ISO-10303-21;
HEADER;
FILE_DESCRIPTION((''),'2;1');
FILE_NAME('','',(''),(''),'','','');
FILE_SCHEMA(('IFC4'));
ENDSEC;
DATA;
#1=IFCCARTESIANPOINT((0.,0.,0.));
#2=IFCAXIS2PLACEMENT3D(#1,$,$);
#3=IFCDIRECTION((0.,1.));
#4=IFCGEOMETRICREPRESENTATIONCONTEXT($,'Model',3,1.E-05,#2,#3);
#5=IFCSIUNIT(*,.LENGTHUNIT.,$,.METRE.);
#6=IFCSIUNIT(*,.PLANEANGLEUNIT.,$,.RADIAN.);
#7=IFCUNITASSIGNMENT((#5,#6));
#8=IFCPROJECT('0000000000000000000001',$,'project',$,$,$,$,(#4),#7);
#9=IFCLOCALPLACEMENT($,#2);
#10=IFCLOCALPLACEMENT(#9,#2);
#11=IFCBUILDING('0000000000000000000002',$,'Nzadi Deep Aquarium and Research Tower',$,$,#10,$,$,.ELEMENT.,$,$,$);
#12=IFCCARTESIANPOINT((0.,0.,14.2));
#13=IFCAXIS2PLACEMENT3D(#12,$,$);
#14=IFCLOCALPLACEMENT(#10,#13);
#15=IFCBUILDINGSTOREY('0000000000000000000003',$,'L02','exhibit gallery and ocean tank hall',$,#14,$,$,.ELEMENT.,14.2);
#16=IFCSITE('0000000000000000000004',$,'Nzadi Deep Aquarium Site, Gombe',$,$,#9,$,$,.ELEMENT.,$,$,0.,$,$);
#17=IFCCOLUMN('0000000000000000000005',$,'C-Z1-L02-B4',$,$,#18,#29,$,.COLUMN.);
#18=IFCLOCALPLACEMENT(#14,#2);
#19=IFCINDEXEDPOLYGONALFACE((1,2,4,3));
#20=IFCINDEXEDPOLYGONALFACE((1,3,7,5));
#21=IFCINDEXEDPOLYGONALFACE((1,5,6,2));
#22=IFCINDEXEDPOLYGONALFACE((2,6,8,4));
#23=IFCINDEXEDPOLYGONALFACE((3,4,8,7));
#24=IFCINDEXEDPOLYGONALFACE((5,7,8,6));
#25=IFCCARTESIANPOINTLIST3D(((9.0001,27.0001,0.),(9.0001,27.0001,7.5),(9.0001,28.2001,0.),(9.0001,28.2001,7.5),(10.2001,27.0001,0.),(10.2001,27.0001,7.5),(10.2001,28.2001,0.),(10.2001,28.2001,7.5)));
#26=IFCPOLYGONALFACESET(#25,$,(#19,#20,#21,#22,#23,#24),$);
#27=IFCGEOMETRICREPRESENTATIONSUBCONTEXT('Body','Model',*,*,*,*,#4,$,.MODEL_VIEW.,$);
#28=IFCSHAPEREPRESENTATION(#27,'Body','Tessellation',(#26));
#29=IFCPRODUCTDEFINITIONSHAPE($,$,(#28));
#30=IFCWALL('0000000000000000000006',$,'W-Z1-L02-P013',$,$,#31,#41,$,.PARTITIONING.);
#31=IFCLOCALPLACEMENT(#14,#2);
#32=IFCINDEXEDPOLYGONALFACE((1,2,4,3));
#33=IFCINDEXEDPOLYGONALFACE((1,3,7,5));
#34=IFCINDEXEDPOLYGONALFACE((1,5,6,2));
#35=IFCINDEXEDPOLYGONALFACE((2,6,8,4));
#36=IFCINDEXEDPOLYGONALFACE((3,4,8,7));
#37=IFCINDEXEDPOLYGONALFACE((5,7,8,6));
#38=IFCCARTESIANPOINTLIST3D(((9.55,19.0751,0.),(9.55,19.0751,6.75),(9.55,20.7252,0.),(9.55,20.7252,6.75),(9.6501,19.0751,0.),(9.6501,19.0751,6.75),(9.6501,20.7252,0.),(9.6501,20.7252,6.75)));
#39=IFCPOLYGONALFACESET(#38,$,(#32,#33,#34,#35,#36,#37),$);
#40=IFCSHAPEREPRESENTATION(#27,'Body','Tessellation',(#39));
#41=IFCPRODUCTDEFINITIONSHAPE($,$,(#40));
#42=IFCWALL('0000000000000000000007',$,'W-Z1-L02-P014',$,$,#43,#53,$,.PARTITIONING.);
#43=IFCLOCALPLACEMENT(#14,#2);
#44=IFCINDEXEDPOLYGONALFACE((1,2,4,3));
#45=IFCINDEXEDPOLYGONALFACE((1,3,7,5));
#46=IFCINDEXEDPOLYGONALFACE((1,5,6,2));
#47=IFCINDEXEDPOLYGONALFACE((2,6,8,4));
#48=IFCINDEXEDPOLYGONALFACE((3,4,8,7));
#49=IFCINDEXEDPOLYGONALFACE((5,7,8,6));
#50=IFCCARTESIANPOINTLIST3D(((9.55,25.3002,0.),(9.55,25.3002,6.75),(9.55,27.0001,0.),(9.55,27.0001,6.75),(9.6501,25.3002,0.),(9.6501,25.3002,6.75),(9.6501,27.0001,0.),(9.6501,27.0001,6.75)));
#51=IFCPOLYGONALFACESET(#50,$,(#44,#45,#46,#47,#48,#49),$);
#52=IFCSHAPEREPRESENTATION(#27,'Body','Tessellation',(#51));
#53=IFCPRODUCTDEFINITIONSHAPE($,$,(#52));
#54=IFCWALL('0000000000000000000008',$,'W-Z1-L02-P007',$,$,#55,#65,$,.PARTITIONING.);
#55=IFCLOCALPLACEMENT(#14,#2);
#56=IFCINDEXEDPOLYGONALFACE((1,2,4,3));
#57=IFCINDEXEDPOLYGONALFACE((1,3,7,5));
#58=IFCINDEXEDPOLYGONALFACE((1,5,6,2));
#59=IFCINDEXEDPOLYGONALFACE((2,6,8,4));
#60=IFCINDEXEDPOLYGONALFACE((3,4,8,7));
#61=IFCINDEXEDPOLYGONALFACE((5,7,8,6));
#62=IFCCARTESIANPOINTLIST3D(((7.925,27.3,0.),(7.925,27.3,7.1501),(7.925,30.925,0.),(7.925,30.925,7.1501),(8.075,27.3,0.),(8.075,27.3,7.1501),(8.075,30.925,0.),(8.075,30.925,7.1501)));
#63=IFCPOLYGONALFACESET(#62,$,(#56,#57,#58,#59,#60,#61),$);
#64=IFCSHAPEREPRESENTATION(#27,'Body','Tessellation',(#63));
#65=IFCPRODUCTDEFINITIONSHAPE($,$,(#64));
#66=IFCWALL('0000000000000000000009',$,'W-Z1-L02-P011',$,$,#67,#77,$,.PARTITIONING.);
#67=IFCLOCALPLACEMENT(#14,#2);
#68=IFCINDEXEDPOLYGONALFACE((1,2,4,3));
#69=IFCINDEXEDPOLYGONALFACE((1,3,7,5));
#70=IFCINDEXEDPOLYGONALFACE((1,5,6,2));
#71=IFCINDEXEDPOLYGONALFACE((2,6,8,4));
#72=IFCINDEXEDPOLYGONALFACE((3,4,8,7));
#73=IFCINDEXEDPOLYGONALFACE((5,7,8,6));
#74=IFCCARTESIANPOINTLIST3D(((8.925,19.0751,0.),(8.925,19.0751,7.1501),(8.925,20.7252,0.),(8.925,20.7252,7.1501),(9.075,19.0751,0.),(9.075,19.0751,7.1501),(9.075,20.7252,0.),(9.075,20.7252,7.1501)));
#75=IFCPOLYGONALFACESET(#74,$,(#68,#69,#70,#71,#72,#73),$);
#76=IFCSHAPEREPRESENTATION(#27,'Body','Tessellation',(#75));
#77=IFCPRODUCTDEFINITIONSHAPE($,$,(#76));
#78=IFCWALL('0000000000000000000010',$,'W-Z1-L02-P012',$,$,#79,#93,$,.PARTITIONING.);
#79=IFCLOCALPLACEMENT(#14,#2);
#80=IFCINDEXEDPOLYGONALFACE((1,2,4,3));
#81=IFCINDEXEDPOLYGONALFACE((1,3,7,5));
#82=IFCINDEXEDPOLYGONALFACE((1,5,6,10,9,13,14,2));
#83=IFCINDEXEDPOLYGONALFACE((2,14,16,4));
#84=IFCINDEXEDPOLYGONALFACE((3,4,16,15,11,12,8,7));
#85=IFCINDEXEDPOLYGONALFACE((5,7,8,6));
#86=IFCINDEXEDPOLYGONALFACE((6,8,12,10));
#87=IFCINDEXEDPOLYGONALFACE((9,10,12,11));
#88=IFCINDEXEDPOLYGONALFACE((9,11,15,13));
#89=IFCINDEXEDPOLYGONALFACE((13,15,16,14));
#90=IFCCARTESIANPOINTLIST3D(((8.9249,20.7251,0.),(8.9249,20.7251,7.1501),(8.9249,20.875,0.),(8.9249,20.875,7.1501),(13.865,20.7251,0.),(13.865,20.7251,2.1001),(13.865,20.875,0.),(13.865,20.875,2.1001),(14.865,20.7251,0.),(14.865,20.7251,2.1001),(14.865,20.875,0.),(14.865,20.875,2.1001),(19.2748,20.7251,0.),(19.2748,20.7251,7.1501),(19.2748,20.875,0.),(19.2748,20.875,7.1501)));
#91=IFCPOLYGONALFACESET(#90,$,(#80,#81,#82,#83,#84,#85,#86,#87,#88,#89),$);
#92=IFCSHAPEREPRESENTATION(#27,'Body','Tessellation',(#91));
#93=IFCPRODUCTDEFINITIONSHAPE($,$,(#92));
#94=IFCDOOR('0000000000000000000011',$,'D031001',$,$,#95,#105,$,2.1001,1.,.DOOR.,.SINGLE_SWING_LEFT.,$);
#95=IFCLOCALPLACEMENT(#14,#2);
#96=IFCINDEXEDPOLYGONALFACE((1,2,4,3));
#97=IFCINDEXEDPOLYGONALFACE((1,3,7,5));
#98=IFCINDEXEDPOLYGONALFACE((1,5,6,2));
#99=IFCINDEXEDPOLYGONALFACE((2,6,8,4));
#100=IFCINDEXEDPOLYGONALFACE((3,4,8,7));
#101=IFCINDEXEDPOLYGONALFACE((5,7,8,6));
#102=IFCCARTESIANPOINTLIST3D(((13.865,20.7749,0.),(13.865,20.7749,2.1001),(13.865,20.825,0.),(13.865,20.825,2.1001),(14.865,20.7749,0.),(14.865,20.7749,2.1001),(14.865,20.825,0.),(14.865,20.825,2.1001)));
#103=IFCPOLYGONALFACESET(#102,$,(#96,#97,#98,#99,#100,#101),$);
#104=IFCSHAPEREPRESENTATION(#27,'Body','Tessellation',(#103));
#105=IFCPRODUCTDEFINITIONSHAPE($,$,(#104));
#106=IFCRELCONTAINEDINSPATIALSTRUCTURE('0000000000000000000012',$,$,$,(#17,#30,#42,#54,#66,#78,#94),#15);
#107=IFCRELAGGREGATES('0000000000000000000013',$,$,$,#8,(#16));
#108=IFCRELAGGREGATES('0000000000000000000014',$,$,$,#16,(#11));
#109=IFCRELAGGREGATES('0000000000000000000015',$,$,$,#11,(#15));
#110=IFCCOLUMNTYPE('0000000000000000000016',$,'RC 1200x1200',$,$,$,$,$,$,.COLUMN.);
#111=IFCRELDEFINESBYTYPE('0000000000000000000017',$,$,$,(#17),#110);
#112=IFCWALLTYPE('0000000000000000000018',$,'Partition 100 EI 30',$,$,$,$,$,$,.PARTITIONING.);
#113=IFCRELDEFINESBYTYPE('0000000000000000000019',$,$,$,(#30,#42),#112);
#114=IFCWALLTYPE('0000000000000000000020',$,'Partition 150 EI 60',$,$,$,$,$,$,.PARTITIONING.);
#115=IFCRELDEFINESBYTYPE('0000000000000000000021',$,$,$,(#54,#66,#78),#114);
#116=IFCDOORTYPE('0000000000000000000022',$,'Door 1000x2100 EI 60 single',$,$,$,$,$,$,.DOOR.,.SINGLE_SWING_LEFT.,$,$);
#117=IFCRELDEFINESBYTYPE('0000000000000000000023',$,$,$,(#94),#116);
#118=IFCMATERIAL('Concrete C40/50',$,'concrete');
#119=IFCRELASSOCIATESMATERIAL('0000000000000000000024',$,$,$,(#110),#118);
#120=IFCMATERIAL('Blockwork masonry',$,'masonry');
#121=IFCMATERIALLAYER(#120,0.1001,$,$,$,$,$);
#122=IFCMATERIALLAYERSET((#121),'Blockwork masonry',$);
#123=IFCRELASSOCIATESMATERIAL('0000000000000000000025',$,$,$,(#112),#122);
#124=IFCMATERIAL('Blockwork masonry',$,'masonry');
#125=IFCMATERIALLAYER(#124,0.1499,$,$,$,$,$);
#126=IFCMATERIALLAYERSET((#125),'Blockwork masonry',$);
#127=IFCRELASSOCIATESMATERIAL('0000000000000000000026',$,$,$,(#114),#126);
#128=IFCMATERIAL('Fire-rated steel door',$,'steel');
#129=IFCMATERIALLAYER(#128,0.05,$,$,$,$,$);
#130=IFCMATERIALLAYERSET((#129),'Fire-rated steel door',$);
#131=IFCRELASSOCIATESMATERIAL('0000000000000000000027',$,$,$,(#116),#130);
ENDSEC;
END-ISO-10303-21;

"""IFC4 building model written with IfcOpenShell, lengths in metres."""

from ifc_helpers import new_model, si_unit, direction, frame, frame_2d, origin, origin_2d, place, context, subcontext, project, spatial, rectangle, extrude, material, layer, layer_set, material_profile, profile_set, type_object, element, fill, save


model = new_model("IFC4")

# Units and contexts
model_context = context("Model", 3, precision=1e-05, world=origin(), true_north=direction((0.0, 1.0)))
body_context = subcontext(model_context, "Body", "Model", "MODEL_VIEW")
ifc_project = project(units=[si_unit("LENGTHUNIT", "METRE"), si_unit("PLANEANGLEUNIT", "RADIAN")], contexts=[model_context])

# Site, building, storey
site_placement = place(None, origin())
site = spatial("IfcSite", under=ifc_project, at=site_placement, Name="Nzadi Deep Aquarium Site, Gombe", CompositionType="ELEMENT", RefElevation=0.0)
building_placement = place(site_placement, origin())
building = spatial("IfcBuilding", under=site, at=building_placement, Name="Nzadi Deep Aquarium and Research Tower", CompositionType="ELEMENT")
storey_placement = place(building_placement, frame((0.0, 0.0, 14.2)))
storey = spatial("IfcBuildingStorey", under=building, at=storey_placement, Name="L02", Description="exhibit gallery and ocean tank hall", CompositionType="ELEMENT", Elevation=14.2)

# Column
ifc_material_1 = material(Name="Concrete C40/50", Category="concrete")
ifc_material_profile = material_profile(ifc_material_1, rectangle(XDim=1.2, YDim=1.2, at=origin_2d()))
ifc_profile_set = profile_set([ifc_material_profile], Name="Concrete C40/50")
column_type = type_object("IfcColumnType", Name="RC 1200x1200", PredefinedType="COLUMN", material=ifc_profile_set)
column_placement = place(storey_placement, frame((9.6001, 27.6001, 0.0), z_axis=(0.0, 0.0, 1.0), x_axis=(1.0, 0.0, 0.0)))
element("IfcColumn", 1, at=column_placement, inside=storey, type_object=column_type, Name="C-Z1-L02-B4", PredefinedType="COLUMN", context=body_context, shape_type="SweptSolid", body=[
    extrude(rectangle(XDim=1.2, YDim=1.2, at=origin_2d()), origin(), (0.0, 0.0, 1.0), 7.5),
])

# Walls
ifc_material_2 = material(Name="Blockwork masonry", Category="masonry")
ifc_layer_1 = layer(ifc_material_2, 0.1001)
ifc_layer_set_1 = layer_set([ifc_layer_1], Name="Blockwork masonry")
wall_type_1 = type_object("IfcWallType", Name="Partition 100 EI 30", PredefinedType="PARTITIONING", material=ifc_layer_set_1)
wall_1_placement = place(storey_placement, frame((9.6001, 19.075, 0.0), z_axis=(0.0, 0.0, 1.0), x_axis=(0.0, 1.0, 0.0)))
element("IfcWall", 2, at=wall_1_placement, inside=storey, type_object=wall_type_1, Name="W-Z1-L02-P013", PredefinedType="PARTITIONING", context=body_context, shape_type="SweptSolid", body=[
    extrude(rectangle(XDim=1.6501, YDim=0.1001, at=frame_2d((0.8252, 0.0))), origin(), (0.0, 0.0, 1.0), 6.75),
])
wall_2_placement = place(storey_placement, frame((9.6001, 25.3, 0.0), z_axis=(0.0, 0.0, 1.0), x_axis=(0.0, 1.0, 0.0)))
element("IfcWall", 3, at=wall_2_placement, inside=storey, type_object=wall_type_1, Name="W-Z1-L02-P014", PredefinedType="PARTITIONING", context=body_context, shape_type="SweptSolid", body=[
    extrude(rectangle(XDim=1.7, YDim=0.1001, at=frame_2d((0.8501, 0.0))), origin(), (0.0, 0.0, 1.0), 6.75),
])
ifc_material_3 = material(Name="Blockwork masonry", Category="masonry")
ifc_layer_2 = layer(ifc_material_3, 0.1499)
ifc_layer_set_2 = layer_set([ifc_layer_2], Name="Blockwork masonry")
wall_type_2 = type_object("IfcWallType", Name="Partition 150 EI 60", PredefinedType="PARTITIONING", material=ifc_layer_set_2)
wall_3_placement = place(storey_placement, frame((8.0, 27.3, 0.0), z_axis=(0.0, 0.0, 1.0), x_axis=(0.0, 1.0, 0.0)))
element("IfcWall", 4, at=wall_3_placement, inside=storey, type_object=wall_type_2, Name="W-Z1-L02-P007", PredefinedType="PARTITIONING", context=body_context, shape_type="SweptSolid", body=[
    extrude(rectangle(XDim=3.625, YDim=0.1499, at=frame_2d((1.8125, 0.0))), origin(), (0.0, 0.0, 1.0), 7.1501),
])
wall_4_placement = place(storey_placement, frame((9.0, 19.075, 0.0), z_axis=(0.0, 0.0, 1.0), x_axis=(0.0, 1.0, 0.0)))
element("IfcWall", 5, at=wall_4_placement, inside=storey, type_object=wall_type_2, Name="W-Z1-L02-P011", PredefinedType="PARTITIONING", context=body_context, shape_type="SweptSolid", body=[
    extrude(rectangle(XDim=1.6501, YDim=0.1499, at=frame_2d((0.8252, 0.0))), origin(), (0.0, 0.0, 1.0), 7.1501),
])

# Wall, opening, door
wall_5_placement = place(storey_placement, frame((8.925, 20.8, 0.0), z_axis=(0.0, 0.0, 1.0), x_axis=(1.0, 0.0, 0.0)))
wall_5 = element("IfcWall", 6, at=wall_5_placement, inside=storey, type_object=wall_type_2, Name="W-Z1-L02-P012", PredefinedType="PARTITIONING", context=body_context, shape_type="SweptSolid", body=[
    extrude(rectangle(XDim=10.3499, YDim=0.1499, at=frame_2d((5.1748, 0.0))), origin(), (0.0, 0.0, 1.0), 7.1501),
])
opening_1_placement = place(wall_5_placement, frame((4.9399, 0.0, 0.0)))
opening_1 = element("IfcOpeningElement", 7, at=opening_1_placement, cuts=wall_5, PredefinedType="OPENING", context=body_context, shape_type="SweptSolid", body=[
    extrude(rectangle(XDim=1.0, YDim=2.1001, at=frame_2d((0.5, 1.05))), frame((0.0, 0.085, 0.0), z_axis=(0.0, -1.0, 0.0), x_axis=(1.0, 0.0, 0.0)), (0.0, 0.0, 1.0), 0.1699),
])
ifc_material_4 = material(Name="Fire-rated steel door", Category="steel")
ifc_layer_3 = layer(ifc_material_4, 0.05)
ifc_layer_set_3 = layer_set([ifc_layer_3], Name="Fire-rated steel door")
door_type_1 = type_object("IfcDoorType", Name="Door 1000x2100 EI 60 single", OperationType="SINGLE_SWING_LEFT", PredefinedType="DOOR", material=ifc_layer_set_3)
door_1_placement = place(opening_1_placement, origin())
door_1 = element("IfcDoor", 8, at=door_1_placement, inside=storey, type_object=door_type_1, Name="D031001", OperationType="SINGLE_SWING_LEFT", OverallHeight=2.1001, OverallWidth=1.0, PredefinedType="DOOR", context=body_context, shape_type="SweptSolid", body=[
    extrude(rectangle(XDim=1.0, YDim=2.1001, at=frame_2d((0.5, 1.05))), frame((0.0, 0.0249, 0.0), z_axis=(0.0, -1.0, 0.0), x_axis=(1.0, 0.0, 0.0)), (0.0, 0.0, 1.0), 0.05),
])
fill(opening_1, door_1)

save(model, "model.ifc")
